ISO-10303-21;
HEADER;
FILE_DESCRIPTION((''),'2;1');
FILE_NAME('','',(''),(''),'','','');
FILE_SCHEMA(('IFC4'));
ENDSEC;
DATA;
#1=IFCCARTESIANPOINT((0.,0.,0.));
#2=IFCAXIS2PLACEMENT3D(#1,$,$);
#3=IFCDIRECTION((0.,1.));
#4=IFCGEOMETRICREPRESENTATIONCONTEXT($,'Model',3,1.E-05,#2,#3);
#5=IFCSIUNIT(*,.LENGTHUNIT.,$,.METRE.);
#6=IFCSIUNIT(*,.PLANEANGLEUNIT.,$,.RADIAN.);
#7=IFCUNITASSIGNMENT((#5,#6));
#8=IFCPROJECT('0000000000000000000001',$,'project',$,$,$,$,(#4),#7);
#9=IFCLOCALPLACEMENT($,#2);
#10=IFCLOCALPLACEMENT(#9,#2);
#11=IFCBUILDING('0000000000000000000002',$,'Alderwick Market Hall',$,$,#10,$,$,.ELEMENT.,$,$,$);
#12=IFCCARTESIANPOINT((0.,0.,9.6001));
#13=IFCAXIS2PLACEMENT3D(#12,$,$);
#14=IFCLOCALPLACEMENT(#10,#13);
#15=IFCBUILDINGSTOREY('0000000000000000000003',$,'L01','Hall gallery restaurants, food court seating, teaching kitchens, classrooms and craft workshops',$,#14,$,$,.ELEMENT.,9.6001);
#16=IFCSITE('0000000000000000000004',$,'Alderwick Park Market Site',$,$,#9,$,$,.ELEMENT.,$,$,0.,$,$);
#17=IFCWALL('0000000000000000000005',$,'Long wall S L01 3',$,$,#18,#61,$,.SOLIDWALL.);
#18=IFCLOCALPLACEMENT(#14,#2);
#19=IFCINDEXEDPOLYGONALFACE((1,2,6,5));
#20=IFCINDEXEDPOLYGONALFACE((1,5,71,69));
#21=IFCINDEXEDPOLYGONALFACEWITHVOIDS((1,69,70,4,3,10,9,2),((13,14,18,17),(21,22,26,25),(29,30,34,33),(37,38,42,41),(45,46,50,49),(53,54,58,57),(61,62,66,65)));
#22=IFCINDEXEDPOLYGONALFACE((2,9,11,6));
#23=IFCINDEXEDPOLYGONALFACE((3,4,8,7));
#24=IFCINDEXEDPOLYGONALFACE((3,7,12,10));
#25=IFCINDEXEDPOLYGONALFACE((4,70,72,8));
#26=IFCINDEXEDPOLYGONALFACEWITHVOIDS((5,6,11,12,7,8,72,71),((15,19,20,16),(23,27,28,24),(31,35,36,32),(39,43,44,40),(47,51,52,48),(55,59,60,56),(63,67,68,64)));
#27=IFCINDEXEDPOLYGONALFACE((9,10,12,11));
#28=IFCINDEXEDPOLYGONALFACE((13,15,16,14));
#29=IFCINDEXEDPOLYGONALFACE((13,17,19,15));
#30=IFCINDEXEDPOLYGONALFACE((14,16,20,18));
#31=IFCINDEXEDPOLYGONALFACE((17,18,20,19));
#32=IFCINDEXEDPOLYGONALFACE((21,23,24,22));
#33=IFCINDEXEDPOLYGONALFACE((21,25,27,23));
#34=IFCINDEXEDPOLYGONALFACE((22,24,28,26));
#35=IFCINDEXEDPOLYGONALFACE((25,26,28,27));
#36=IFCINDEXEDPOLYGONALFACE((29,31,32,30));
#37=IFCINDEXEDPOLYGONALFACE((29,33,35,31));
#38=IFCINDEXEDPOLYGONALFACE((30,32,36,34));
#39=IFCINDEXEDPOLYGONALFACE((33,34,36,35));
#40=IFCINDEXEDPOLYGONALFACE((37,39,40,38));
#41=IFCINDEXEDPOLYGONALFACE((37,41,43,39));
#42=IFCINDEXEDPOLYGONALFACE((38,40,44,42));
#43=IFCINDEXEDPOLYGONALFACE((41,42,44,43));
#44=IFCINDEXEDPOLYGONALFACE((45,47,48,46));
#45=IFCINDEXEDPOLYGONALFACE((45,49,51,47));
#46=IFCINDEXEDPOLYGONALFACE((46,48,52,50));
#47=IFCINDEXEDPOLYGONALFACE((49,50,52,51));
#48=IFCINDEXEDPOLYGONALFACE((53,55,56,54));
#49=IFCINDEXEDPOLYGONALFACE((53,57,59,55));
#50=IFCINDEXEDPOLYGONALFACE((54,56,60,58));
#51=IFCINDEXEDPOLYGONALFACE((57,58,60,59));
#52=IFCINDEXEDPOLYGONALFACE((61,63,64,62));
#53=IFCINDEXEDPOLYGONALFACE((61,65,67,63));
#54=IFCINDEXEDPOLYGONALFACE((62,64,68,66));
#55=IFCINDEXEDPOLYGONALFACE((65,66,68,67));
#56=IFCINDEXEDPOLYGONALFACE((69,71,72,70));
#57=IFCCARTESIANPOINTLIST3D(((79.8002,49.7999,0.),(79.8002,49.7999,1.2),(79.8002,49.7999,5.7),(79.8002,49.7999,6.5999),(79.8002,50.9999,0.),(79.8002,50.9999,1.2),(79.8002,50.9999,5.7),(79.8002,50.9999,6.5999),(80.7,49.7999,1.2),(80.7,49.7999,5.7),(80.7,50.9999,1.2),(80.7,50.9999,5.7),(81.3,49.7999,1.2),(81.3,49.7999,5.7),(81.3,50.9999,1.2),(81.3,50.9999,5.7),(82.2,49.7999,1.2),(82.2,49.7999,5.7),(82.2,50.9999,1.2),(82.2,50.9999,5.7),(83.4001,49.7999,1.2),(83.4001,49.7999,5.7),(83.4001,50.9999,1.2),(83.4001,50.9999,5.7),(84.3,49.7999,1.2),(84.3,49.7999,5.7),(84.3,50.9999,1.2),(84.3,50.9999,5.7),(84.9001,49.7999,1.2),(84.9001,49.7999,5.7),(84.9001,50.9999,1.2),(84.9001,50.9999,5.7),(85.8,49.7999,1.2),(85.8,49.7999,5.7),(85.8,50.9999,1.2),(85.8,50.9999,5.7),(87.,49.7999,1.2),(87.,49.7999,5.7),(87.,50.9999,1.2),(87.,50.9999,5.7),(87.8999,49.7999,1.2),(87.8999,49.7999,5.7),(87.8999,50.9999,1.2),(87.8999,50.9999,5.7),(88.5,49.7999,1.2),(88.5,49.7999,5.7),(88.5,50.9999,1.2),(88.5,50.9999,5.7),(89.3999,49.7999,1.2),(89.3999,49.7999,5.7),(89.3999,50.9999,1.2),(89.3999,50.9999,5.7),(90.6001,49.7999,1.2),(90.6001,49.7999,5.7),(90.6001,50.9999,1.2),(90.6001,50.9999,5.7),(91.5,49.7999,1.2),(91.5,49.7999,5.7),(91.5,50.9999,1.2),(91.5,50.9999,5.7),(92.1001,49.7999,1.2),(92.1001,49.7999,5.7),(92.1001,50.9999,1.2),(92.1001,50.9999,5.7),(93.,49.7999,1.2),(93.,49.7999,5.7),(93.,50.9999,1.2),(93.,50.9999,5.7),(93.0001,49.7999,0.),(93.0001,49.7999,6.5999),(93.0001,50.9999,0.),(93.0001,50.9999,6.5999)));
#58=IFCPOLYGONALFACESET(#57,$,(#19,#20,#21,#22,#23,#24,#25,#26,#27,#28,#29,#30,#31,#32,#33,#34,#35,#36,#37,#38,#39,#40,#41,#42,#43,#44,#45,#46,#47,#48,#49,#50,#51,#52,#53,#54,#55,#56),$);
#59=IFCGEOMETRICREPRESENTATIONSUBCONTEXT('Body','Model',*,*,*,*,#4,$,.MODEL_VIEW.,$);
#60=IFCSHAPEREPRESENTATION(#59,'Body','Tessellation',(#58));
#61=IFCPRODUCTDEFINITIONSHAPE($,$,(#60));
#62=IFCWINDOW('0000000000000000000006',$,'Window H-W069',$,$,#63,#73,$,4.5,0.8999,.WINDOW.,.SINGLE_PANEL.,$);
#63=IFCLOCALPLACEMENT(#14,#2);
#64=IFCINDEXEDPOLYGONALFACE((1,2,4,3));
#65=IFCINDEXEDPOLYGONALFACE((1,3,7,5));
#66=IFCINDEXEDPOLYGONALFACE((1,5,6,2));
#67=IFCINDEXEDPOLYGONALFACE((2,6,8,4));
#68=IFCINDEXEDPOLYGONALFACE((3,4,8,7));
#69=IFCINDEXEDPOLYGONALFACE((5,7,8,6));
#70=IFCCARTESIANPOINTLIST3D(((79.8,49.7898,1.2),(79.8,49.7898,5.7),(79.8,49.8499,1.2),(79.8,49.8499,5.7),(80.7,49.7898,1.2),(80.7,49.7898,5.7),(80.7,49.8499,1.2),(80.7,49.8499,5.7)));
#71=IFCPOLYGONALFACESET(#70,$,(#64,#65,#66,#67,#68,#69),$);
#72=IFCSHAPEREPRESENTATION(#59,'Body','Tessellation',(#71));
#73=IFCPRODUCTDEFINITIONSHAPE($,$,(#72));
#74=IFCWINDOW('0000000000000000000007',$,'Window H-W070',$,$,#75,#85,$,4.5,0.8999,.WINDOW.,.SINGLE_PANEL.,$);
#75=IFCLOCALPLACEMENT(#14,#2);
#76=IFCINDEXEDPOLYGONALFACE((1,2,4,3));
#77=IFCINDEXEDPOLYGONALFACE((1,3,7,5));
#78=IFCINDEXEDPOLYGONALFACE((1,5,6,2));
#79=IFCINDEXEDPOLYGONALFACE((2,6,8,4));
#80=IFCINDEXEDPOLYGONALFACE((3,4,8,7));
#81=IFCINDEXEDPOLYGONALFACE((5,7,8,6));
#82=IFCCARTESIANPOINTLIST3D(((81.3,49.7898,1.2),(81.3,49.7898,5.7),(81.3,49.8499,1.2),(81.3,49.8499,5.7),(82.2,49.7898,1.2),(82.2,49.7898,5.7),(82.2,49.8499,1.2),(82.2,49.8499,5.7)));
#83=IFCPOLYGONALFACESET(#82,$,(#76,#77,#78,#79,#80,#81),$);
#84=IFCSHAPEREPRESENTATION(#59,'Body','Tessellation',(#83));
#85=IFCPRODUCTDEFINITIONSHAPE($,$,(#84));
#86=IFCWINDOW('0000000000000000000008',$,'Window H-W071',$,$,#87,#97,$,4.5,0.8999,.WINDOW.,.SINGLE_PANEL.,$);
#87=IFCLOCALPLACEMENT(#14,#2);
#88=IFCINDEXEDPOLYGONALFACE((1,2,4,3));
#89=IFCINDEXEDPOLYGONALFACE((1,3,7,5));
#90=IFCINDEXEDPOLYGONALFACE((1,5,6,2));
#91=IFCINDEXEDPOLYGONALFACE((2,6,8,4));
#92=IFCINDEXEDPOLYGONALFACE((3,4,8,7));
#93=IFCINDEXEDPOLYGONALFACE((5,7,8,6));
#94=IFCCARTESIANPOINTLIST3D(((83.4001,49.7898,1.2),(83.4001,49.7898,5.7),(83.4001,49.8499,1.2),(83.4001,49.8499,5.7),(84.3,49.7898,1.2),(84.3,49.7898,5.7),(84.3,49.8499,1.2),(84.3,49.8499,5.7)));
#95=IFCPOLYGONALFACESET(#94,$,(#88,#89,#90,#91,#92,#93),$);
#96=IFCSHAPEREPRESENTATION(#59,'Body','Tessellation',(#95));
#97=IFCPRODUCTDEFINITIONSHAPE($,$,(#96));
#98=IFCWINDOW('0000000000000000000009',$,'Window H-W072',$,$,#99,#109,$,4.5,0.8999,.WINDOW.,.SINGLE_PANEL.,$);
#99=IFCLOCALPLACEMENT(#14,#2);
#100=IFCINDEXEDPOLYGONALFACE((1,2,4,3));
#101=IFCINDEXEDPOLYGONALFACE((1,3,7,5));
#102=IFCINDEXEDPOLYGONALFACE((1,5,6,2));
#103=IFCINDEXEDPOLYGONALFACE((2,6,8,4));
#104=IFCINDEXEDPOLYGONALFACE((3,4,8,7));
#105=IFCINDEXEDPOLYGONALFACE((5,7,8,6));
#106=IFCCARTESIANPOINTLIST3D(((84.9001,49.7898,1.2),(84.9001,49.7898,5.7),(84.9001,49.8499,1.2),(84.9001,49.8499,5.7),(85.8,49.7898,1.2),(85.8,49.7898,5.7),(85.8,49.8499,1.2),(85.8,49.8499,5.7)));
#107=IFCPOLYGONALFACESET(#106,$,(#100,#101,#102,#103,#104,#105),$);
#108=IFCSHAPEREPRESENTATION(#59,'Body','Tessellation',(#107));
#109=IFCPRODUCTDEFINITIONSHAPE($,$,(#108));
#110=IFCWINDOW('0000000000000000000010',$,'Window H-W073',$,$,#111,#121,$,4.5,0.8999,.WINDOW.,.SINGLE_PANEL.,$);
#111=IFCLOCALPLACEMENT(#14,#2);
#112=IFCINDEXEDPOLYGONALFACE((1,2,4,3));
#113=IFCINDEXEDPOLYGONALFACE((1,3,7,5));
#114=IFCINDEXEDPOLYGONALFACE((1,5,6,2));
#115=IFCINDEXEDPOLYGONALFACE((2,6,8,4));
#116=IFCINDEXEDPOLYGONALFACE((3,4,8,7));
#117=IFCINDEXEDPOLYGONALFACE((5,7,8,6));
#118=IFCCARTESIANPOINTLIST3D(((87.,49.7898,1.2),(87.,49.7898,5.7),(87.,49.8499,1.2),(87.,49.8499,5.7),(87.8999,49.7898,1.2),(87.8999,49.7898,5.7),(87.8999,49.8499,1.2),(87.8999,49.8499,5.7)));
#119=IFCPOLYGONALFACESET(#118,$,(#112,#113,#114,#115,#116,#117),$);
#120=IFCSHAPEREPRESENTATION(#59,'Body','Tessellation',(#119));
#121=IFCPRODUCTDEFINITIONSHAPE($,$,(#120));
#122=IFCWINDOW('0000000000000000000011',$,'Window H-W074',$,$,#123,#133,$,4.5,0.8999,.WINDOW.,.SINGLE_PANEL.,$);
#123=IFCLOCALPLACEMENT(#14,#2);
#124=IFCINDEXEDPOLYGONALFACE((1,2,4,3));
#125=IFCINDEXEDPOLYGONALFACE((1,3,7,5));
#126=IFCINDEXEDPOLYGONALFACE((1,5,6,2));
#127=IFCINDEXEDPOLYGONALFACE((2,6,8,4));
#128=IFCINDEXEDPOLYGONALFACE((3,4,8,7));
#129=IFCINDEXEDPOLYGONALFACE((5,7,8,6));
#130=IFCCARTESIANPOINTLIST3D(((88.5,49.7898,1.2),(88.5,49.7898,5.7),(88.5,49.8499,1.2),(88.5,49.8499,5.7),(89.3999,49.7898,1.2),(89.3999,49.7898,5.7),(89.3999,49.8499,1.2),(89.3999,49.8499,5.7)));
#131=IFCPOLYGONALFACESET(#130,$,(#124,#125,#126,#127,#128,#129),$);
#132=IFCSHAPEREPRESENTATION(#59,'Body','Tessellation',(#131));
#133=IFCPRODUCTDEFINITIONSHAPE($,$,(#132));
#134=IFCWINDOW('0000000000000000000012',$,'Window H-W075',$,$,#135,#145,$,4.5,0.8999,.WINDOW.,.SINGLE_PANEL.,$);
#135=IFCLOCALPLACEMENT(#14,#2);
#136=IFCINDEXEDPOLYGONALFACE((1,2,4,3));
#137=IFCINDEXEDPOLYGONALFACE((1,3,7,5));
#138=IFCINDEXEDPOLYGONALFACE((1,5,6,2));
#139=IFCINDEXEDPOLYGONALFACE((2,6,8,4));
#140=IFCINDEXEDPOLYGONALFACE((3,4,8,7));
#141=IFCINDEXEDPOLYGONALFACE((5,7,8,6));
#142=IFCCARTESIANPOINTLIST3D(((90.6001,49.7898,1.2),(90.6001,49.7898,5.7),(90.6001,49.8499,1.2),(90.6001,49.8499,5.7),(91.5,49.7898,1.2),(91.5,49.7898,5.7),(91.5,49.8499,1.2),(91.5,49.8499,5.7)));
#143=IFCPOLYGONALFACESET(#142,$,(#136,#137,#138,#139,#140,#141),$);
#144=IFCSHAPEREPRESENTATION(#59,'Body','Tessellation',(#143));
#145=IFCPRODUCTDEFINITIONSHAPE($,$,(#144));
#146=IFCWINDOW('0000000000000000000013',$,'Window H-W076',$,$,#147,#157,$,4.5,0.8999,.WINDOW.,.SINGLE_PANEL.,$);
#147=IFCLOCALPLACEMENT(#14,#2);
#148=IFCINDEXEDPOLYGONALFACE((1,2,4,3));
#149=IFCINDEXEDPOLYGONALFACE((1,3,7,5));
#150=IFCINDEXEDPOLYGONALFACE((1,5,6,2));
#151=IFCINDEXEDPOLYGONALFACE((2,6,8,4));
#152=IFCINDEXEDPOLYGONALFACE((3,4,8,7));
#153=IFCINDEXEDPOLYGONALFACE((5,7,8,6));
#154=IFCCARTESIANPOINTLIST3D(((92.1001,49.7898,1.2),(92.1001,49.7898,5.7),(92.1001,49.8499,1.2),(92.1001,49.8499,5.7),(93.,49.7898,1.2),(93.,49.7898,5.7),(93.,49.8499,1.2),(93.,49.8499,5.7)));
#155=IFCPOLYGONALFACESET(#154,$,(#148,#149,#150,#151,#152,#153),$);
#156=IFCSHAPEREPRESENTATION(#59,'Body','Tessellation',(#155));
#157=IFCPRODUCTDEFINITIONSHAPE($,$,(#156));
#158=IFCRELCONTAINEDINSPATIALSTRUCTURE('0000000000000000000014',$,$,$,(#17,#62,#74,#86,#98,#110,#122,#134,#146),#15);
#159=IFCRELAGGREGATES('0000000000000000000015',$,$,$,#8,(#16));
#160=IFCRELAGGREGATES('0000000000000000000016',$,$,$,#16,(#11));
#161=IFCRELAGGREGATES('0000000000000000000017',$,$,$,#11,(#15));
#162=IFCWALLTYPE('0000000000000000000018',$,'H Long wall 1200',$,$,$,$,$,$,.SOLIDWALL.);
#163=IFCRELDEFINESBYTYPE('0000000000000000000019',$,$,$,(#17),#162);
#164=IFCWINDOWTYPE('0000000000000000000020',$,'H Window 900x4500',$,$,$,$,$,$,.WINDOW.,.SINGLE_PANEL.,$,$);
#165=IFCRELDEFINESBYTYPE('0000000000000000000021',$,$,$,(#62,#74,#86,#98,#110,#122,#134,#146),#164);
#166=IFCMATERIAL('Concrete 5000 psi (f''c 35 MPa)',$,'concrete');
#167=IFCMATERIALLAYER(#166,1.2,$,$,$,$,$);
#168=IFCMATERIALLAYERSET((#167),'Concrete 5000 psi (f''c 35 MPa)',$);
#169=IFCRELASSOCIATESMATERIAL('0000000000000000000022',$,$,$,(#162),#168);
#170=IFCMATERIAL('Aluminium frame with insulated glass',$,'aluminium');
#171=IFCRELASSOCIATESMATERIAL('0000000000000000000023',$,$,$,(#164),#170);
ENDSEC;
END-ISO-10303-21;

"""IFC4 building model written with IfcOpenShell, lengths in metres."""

from ifc_helpers import new_model, si_unit, direction, frame, frame_2d, origin, place, context, subcontext, project, spatial, rectangle, extrude, material, layer, layer_set, type_object, element, fill, save


model = new_model("IFC4")

# Units and contexts
model_context = context("Model", 3, precision=1e-05, world=origin(), true_north=direction((0.0, 1.0)))
body_context = subcontext(model_context, "Body", "Model", "MODEL_VIEW")
ifc_project = project(units=[si_unit("LENGTHUNIT", "METRE"), si_unit("PLANEANGLEUNIT", "RADIAN")], contexts=[model_context])

# Site, building, storey
site_placement = place(None, origin())
site = spatial("IfcSite", under=ifc_project, at=site_placement, Name="Alderwick Park Market Site", CompositionType="ELEMENT", RefElevation=0.0)
building_placement = place(site_placement, origin())
building = spatial("IfcBuilding", under=site, at=building_placement, Name="Alderwick Market Hall", CompositionType="ELEMENT")
storey_placement = place(building_placement, frame((0.0, 0.0, 9.6001)))
storey = spatial("IfcBuildingStorey", under=building, at=storey_placement, Name="L01", Description="Hall gallery restaurants, food court seating, teaching kitchens, classrooms and craft workshops", CompositionType="ELEMENT", Elevation=9.6001)

# Shared definitions
ifc_material_1 = material(Name="Concrete 5000 psi (f'c 35 MPa)", Category="concrete")

# Wall, openings, windows
ifc_layer_1 = layer(ifc_material_1, 1.2)
ifc_layer_set_1 = layer_set([ifc_layer_1], Name="Concrete 5000 psi (f'c 35 MPa)")
wall_type_1 = type_object("IfcWallType", Name="H Long wall 1200", PredefinedType="SOLIDWALL", material=ifc_layer_set_1)
wall_1_placement = place(storey_placement, frame((79.8, 50.3999, 0.0), z_axis=(0.0, 0.0, 1.0), x_axis=(1.0, 0.0, 0.0)))
wall_1 = element("IfcWall", 1, at=wall_1_placement, inside=storey, type_object=wall_type_1, Name="Long wall S L01 3", PredefinedType="SOLIDWALL", context=body_context, shape_type="SweptSolid", body=[
    extrude(rectangle(XDim=13.2, YDim=1.2, at=frame_2d((6.6001, 0.0))), origin(), (0.0, 0.0, 1.0), 6.5999),
])
opening_1_placement = place(wall_1_placement, frame((0.0, 0.0, 1.2)))
opening_1 = element("IfcOpeningElement", 2, at=opening_1_placement, cuts=wall_1, PredefinedType="OPENING", context=body_context, shape_type="SweptSolid", body=[
    extrude(rectangle(XDim=0.8999, YDim=4.5, at=frame_2d((0.45, 2.25))), frame((0.0, 0.6099, 0.0), z_axis=(0.0, -1.0, 0.0), x_axis=(1.0, 0.0, 0.0)), (0.0, 0.0, 1.0), 1.22),
])
opening_2_placement = place(wall_1_placement, frame((1.5, 0.0, 1.2)))
opening_2 = element("IfcOpeningElement", 3, at=opening_2_placement, cuts=wall_1, PredefinedType="OPENING", context=body_context, shape_type="SweptSolid", body=[
    extrude(rectangle(XDim=0.8999, YDim=4.5, at=frame_2d((0.45, 2.25))), frame((0.0, 0.6099, 0.0), z_axis=(0.0, -1.0, 0.0), x_axis=(1.0, 0.0, 0.0)), (0.0, 0.0, 1.0), 1.22),
])
opening_3_placement = place(wall_1_placement, frame((3.6001, 0.0, 1.2)))
opening_3 = element("IfcOpeningElement", 4, at=opening_3_placement, cuts=wall_1, PredefinedType="OPENING", context=body_context, shape_type="SweptSolid", body=[
    extrude(rectangle(XDim=0.8999, YDim=4.5, at=frame_2d((0.45, 2.25))), frame((0.0, 0.6099, 0.0), z_axis=(0.0, -1.0, 0.0), x_axis=(1.0, 0.0, 0.0)), (0.0, 0.0, 1.0), 1.22),
])
opening_4_placement = place(wall_1_placement, frame((5.1001, 0.0, 1.2)))
opening_4 = element("IfcOpeningElement", 5, at=opening_4_placement, cuts=wall_1, PredefinedType="OPENING", context=body_context, shape_type="SweptSolid", body=[
    extrude(rectangle(XDim=0.8999, YDim=4.5, at=frame_2d((0.45, 2.25))), frame((0.0, 0.6099, 0.0), z_axis=(0.0, -1.0, 0.0), x_axis=(1.0, 0.0, 0.0)), (0.0, 0.0, 1.0), 1.22),
])
opening_5_placement = place(wall_1_placement, frame((7.2, 0.0, 1.2)))
opening_5 = element("IfcOpeningElement", 6, at=opening_5_placement, cuts=wall_1, PredefinedType="OPENING", context=body_context, shape_type="SweptSolid", body=[
    extrude(rectangle(XDim=0.8999, YDim=4.5, at=frame_2d((0.45, 2.25))), frame((0.0, 0.6099, 0.0), z_axis=(0.0, -1.0, 0.0), x_axis=(1.0, 0.0, 0.0)), (0.0, 0.0, 1.0), 1.22),
])
opening_6_placement = place(wall_1_placement, frame((8.7, 0.0, 1.2)))
opening_6 = element("IfcOpeningElement", 7, at=opening_6_placement, cuts=wall_1, PredefinedType="OPENING", context=body_context, shape_type="SweptSolid", body=[
    extrude(rectangle(XDim=0.8999, YDim=4.5, at=frame_2d((0.45, 2.25))), frame((0.0, 0.6099, 0.0), z_axis=(0.0, -1.0, 0.0), x_axis=(1.0, 0.0, 0.0)), (0.0, 0.0, 1.0), 1.22),
])
opening_7_placement = place(wall_1_placement, frame((10.8, 0.0, 1.2)))
opening_7 = element("IfcOpeningElement", 8, at=opening_7_placement, cuts=wall_1, PredefinedType="OPENING", context=body_context, shape_type="SweptSolid", body=[
    extrude(rectangle(XDim=0.8999, YDim=4.5, at=frame_2d((0.45, 2.25))), frame((0.0, 0.6099, 0.0), z_axis=(0.0, -1.0, 0.0), x_axis=(1.0, 0.0, 0.0)), (0.0, 0.0, 1.0), 1.22),
])
opening_8_placement = place(wall_1_placement, frame((12.3, 0.0, 1.2)))
opening_8 = element("IfcOpeningElement", 9, at=opening_8_placement, cuts=wall_1, PredefinedType="OPENING", context=body_context, shape_type="SweptSolid", body=[
    extrude(rectangle(XDim=0.8999, YDim=4.5, at=frame_2d((0.45, 2.25))), frame((0.0, 0.6099, 0.0), z_axis=(0.0, -1.0, 0.0), x_axis=(1.0, 0.0, 0.0)), (0.0, 0.0, 1.0), 1.22),
])
ifc_material_2 = material(Name="Aluminium frame with insulated glass", Category="aluminium")
window_type = type_object("IfcWindowType", Name="H Window 900x4500", PartitioningType="SINGLE_PANEL", PredefinedType="WINDOW", material=ifc_material_2)
window_1_placement = place(opening_1_placement, origin())
window_1 = element("IfcWindow", 10, at=window_1_placement, inside=storey, type_object=window_type, Name="Window H-W069", OverallHeight=4.5, OverallWidth=0.8999, PartitioningType="SINGLE_PANEL", PredefinedType="WINDOW", context=body_context, shape_type="SweptSolid", body=[
    extrude(rectangle(XDim=0.8999, YDim=4.5, at=frame_2d((0.45, 2.25))), frame((0.0, -0.55, 0.0), z_axis=(0.0, -1.0, 0.0), x_axis=(1.0, 0.0, 0.0)), (0.0, 0.0, 1.0), 0.0601),
])
fill(opening_1, window_1)
window_2_placement = place(opening_2_placement, origin())
window_2 = element("IfcWindow", 11, at=window_2_placement, inside=storey, type_object=window_type, Name="Window H-W070", OverallHeight=4.5, OverallWidth=0.8999, PartitioningType="SINGLE_PANEL", PredefinedType="WINDOW", context=body_context, shape_type="SweptSolid", body=[
    extrude(rectangle(XDim=0.8999, YDim=4.5, at=frame_2d((0.45, 2.25))), frame((0.0, -0.55, 0.0), z_axis=(0.0, -1.0, 0.0), x_axis=(1.0, 0.0, 0.0)), (0.0, 0.0, 1.0), 0.0601),
])
fill(opening_2, window_2)
window_3_placement = place(opening_3_placement, origin())
window_3 = element("IfcWindow", 12, at=window_3_placement, inside=storey, type_object=window_type, Name="Window H-W071", OverallHeight=4.5, OverallWidth=0.8999, PartitioningType="SINGLE_PANEL", PredefinedType="WINDOW", context=body_context, shape_type="SweptSolid", body=[
    extrude(rectangle(XDim=0.8999, YDim=4.5, at=frame_2d((0.45, 2.25))), frame((0.0, -0.55, 0.0), z_axis=(0.0, -1.0, 0.0), x_axis=(1.0, 0.0, 0.0)), (0.0, 0.0, 1.0), 0.0601),
])
fill(opening_3, window_3)
window_4_placement = place(opening_4_placement, origin())
window_4 = element("IfcWindow", 13, at=window_4_placement, inside=storey, type_object=window_type, Name="Window H-W072", OverallHeight=4.5, OverallWidth=0.8999, PartitioningType="SINGLE_PANEL", PredefinedType="WINDOW", context=body_context, shape_type="SweptSolid", body=[
    extrude(rectangle(XDim=0.8999, YDim=4.5, at=frame_2d((0.45, 2.25))), frame((0.0, -0.55, 0.0), z_axis=(0.0, -1.0, 0.0), x_axis=(1.0, 0.0, 0.0)), (0.0, 0.0, 1.0), 0.0601),
])
fill(opening_4, window_4)
window_5_placement = place(opening_5_placement, origin())
window_5 = element("IfcWindow", 14, at=window_5_placement, inside=storey, type_object=window_type, Name="Window H-W073", OverallHeight=4.5, OverallWidth=0.8999, PartitioningType="SINGLE_PANEL", PredefinedType="WINDOW", context=body_context, shape_type="SweptSolid", body=[
    extrude(rectangle(XDim=0.8999, YDim=4.5, at=frame_2d((0.45, 2.25))), frame((0.0, -0.55, 0.0), z_axis=(0.0, -1.0, 0.0), x_axis=(1.0, 0.0, 0.0)), (0.0, 0.0, 1.0), 0.0601),
])
fill(opening_5, window_5)
window_6_placement = place(opening_6_placement, origin())
window_6 = element("IfcWindow", 15, at=window_6_placement, inside=storey, type_object=window_type, Name="Window H-W074", OverallHeight=4.5, OverallWidth=0.8999, PartitioningType="SINGLE_PANEL", PredefinedType="WINDOW", context=body_context, shape_type="SweptSolid", body=[
    extrude(rectangle(XDim=0.8999, YDim=4.5, at=frame_2d((0.45, 2.25))), frame((0.0, -0.55, 0.0), z_axis=(0.0, -1.0, 0.0), x_axis=(1.0, 0.0, 0.0)), (0.0, 0.0, 1.0), 0.0601),
])
fill(opening_6, window_6)
window_7_placement = place(opening_7_placement, origin())
window_7 = element("IfcWindow", 16, at=window_7_placement, inside=storey, type_object=window_type, Name="Window H-W075", OverallHeight=4.5, OverallWidth=0.8999, PartitioningType="SINGLE_PANEL", PredefinedType="WINDOW", context=body_context, shape_type="SweptSolid", body=[
    extrude(rectangle(XDim=0.8999, YDim=4.5, at=frame_2d((0.45, 2.25))), frame((0.0, -0.55, 0.0), z_axis=(0.0, -1.0, 0.0), x_axis=(1.0, 0.0, 0.0)), (0.0, 0.0, 1.0), 0.0601),
])
fill(opening_7, window_7)
window_8_placement = place(opening_8_placement, origin())
window_8 = element("IfcWindow", 17, at=window_8_placement, inside=storey, type_object=window_type, Name="Window H-W076", OverallHeight=4.5, OverallWidth=0.8999, PartitioningType="SINGLE_PANEL", PredefinedType="WINDOW", context=body_context, shape_type="SweptSolid", body=[
    extrude(rectangle(XDim=0.8999, YDim=4.5, at=frame_2d((0.45, 2.25))), frame((0.0, -0.55, 0.0), z_axis=(0.0, -1.0, 0.0), x_axis=(1.0, 0.0, 0.0)), (0.0, 0.0, 1.0), 0.0601),
])
fill(opening_8, window_8)

save(model, "model.ifc")
